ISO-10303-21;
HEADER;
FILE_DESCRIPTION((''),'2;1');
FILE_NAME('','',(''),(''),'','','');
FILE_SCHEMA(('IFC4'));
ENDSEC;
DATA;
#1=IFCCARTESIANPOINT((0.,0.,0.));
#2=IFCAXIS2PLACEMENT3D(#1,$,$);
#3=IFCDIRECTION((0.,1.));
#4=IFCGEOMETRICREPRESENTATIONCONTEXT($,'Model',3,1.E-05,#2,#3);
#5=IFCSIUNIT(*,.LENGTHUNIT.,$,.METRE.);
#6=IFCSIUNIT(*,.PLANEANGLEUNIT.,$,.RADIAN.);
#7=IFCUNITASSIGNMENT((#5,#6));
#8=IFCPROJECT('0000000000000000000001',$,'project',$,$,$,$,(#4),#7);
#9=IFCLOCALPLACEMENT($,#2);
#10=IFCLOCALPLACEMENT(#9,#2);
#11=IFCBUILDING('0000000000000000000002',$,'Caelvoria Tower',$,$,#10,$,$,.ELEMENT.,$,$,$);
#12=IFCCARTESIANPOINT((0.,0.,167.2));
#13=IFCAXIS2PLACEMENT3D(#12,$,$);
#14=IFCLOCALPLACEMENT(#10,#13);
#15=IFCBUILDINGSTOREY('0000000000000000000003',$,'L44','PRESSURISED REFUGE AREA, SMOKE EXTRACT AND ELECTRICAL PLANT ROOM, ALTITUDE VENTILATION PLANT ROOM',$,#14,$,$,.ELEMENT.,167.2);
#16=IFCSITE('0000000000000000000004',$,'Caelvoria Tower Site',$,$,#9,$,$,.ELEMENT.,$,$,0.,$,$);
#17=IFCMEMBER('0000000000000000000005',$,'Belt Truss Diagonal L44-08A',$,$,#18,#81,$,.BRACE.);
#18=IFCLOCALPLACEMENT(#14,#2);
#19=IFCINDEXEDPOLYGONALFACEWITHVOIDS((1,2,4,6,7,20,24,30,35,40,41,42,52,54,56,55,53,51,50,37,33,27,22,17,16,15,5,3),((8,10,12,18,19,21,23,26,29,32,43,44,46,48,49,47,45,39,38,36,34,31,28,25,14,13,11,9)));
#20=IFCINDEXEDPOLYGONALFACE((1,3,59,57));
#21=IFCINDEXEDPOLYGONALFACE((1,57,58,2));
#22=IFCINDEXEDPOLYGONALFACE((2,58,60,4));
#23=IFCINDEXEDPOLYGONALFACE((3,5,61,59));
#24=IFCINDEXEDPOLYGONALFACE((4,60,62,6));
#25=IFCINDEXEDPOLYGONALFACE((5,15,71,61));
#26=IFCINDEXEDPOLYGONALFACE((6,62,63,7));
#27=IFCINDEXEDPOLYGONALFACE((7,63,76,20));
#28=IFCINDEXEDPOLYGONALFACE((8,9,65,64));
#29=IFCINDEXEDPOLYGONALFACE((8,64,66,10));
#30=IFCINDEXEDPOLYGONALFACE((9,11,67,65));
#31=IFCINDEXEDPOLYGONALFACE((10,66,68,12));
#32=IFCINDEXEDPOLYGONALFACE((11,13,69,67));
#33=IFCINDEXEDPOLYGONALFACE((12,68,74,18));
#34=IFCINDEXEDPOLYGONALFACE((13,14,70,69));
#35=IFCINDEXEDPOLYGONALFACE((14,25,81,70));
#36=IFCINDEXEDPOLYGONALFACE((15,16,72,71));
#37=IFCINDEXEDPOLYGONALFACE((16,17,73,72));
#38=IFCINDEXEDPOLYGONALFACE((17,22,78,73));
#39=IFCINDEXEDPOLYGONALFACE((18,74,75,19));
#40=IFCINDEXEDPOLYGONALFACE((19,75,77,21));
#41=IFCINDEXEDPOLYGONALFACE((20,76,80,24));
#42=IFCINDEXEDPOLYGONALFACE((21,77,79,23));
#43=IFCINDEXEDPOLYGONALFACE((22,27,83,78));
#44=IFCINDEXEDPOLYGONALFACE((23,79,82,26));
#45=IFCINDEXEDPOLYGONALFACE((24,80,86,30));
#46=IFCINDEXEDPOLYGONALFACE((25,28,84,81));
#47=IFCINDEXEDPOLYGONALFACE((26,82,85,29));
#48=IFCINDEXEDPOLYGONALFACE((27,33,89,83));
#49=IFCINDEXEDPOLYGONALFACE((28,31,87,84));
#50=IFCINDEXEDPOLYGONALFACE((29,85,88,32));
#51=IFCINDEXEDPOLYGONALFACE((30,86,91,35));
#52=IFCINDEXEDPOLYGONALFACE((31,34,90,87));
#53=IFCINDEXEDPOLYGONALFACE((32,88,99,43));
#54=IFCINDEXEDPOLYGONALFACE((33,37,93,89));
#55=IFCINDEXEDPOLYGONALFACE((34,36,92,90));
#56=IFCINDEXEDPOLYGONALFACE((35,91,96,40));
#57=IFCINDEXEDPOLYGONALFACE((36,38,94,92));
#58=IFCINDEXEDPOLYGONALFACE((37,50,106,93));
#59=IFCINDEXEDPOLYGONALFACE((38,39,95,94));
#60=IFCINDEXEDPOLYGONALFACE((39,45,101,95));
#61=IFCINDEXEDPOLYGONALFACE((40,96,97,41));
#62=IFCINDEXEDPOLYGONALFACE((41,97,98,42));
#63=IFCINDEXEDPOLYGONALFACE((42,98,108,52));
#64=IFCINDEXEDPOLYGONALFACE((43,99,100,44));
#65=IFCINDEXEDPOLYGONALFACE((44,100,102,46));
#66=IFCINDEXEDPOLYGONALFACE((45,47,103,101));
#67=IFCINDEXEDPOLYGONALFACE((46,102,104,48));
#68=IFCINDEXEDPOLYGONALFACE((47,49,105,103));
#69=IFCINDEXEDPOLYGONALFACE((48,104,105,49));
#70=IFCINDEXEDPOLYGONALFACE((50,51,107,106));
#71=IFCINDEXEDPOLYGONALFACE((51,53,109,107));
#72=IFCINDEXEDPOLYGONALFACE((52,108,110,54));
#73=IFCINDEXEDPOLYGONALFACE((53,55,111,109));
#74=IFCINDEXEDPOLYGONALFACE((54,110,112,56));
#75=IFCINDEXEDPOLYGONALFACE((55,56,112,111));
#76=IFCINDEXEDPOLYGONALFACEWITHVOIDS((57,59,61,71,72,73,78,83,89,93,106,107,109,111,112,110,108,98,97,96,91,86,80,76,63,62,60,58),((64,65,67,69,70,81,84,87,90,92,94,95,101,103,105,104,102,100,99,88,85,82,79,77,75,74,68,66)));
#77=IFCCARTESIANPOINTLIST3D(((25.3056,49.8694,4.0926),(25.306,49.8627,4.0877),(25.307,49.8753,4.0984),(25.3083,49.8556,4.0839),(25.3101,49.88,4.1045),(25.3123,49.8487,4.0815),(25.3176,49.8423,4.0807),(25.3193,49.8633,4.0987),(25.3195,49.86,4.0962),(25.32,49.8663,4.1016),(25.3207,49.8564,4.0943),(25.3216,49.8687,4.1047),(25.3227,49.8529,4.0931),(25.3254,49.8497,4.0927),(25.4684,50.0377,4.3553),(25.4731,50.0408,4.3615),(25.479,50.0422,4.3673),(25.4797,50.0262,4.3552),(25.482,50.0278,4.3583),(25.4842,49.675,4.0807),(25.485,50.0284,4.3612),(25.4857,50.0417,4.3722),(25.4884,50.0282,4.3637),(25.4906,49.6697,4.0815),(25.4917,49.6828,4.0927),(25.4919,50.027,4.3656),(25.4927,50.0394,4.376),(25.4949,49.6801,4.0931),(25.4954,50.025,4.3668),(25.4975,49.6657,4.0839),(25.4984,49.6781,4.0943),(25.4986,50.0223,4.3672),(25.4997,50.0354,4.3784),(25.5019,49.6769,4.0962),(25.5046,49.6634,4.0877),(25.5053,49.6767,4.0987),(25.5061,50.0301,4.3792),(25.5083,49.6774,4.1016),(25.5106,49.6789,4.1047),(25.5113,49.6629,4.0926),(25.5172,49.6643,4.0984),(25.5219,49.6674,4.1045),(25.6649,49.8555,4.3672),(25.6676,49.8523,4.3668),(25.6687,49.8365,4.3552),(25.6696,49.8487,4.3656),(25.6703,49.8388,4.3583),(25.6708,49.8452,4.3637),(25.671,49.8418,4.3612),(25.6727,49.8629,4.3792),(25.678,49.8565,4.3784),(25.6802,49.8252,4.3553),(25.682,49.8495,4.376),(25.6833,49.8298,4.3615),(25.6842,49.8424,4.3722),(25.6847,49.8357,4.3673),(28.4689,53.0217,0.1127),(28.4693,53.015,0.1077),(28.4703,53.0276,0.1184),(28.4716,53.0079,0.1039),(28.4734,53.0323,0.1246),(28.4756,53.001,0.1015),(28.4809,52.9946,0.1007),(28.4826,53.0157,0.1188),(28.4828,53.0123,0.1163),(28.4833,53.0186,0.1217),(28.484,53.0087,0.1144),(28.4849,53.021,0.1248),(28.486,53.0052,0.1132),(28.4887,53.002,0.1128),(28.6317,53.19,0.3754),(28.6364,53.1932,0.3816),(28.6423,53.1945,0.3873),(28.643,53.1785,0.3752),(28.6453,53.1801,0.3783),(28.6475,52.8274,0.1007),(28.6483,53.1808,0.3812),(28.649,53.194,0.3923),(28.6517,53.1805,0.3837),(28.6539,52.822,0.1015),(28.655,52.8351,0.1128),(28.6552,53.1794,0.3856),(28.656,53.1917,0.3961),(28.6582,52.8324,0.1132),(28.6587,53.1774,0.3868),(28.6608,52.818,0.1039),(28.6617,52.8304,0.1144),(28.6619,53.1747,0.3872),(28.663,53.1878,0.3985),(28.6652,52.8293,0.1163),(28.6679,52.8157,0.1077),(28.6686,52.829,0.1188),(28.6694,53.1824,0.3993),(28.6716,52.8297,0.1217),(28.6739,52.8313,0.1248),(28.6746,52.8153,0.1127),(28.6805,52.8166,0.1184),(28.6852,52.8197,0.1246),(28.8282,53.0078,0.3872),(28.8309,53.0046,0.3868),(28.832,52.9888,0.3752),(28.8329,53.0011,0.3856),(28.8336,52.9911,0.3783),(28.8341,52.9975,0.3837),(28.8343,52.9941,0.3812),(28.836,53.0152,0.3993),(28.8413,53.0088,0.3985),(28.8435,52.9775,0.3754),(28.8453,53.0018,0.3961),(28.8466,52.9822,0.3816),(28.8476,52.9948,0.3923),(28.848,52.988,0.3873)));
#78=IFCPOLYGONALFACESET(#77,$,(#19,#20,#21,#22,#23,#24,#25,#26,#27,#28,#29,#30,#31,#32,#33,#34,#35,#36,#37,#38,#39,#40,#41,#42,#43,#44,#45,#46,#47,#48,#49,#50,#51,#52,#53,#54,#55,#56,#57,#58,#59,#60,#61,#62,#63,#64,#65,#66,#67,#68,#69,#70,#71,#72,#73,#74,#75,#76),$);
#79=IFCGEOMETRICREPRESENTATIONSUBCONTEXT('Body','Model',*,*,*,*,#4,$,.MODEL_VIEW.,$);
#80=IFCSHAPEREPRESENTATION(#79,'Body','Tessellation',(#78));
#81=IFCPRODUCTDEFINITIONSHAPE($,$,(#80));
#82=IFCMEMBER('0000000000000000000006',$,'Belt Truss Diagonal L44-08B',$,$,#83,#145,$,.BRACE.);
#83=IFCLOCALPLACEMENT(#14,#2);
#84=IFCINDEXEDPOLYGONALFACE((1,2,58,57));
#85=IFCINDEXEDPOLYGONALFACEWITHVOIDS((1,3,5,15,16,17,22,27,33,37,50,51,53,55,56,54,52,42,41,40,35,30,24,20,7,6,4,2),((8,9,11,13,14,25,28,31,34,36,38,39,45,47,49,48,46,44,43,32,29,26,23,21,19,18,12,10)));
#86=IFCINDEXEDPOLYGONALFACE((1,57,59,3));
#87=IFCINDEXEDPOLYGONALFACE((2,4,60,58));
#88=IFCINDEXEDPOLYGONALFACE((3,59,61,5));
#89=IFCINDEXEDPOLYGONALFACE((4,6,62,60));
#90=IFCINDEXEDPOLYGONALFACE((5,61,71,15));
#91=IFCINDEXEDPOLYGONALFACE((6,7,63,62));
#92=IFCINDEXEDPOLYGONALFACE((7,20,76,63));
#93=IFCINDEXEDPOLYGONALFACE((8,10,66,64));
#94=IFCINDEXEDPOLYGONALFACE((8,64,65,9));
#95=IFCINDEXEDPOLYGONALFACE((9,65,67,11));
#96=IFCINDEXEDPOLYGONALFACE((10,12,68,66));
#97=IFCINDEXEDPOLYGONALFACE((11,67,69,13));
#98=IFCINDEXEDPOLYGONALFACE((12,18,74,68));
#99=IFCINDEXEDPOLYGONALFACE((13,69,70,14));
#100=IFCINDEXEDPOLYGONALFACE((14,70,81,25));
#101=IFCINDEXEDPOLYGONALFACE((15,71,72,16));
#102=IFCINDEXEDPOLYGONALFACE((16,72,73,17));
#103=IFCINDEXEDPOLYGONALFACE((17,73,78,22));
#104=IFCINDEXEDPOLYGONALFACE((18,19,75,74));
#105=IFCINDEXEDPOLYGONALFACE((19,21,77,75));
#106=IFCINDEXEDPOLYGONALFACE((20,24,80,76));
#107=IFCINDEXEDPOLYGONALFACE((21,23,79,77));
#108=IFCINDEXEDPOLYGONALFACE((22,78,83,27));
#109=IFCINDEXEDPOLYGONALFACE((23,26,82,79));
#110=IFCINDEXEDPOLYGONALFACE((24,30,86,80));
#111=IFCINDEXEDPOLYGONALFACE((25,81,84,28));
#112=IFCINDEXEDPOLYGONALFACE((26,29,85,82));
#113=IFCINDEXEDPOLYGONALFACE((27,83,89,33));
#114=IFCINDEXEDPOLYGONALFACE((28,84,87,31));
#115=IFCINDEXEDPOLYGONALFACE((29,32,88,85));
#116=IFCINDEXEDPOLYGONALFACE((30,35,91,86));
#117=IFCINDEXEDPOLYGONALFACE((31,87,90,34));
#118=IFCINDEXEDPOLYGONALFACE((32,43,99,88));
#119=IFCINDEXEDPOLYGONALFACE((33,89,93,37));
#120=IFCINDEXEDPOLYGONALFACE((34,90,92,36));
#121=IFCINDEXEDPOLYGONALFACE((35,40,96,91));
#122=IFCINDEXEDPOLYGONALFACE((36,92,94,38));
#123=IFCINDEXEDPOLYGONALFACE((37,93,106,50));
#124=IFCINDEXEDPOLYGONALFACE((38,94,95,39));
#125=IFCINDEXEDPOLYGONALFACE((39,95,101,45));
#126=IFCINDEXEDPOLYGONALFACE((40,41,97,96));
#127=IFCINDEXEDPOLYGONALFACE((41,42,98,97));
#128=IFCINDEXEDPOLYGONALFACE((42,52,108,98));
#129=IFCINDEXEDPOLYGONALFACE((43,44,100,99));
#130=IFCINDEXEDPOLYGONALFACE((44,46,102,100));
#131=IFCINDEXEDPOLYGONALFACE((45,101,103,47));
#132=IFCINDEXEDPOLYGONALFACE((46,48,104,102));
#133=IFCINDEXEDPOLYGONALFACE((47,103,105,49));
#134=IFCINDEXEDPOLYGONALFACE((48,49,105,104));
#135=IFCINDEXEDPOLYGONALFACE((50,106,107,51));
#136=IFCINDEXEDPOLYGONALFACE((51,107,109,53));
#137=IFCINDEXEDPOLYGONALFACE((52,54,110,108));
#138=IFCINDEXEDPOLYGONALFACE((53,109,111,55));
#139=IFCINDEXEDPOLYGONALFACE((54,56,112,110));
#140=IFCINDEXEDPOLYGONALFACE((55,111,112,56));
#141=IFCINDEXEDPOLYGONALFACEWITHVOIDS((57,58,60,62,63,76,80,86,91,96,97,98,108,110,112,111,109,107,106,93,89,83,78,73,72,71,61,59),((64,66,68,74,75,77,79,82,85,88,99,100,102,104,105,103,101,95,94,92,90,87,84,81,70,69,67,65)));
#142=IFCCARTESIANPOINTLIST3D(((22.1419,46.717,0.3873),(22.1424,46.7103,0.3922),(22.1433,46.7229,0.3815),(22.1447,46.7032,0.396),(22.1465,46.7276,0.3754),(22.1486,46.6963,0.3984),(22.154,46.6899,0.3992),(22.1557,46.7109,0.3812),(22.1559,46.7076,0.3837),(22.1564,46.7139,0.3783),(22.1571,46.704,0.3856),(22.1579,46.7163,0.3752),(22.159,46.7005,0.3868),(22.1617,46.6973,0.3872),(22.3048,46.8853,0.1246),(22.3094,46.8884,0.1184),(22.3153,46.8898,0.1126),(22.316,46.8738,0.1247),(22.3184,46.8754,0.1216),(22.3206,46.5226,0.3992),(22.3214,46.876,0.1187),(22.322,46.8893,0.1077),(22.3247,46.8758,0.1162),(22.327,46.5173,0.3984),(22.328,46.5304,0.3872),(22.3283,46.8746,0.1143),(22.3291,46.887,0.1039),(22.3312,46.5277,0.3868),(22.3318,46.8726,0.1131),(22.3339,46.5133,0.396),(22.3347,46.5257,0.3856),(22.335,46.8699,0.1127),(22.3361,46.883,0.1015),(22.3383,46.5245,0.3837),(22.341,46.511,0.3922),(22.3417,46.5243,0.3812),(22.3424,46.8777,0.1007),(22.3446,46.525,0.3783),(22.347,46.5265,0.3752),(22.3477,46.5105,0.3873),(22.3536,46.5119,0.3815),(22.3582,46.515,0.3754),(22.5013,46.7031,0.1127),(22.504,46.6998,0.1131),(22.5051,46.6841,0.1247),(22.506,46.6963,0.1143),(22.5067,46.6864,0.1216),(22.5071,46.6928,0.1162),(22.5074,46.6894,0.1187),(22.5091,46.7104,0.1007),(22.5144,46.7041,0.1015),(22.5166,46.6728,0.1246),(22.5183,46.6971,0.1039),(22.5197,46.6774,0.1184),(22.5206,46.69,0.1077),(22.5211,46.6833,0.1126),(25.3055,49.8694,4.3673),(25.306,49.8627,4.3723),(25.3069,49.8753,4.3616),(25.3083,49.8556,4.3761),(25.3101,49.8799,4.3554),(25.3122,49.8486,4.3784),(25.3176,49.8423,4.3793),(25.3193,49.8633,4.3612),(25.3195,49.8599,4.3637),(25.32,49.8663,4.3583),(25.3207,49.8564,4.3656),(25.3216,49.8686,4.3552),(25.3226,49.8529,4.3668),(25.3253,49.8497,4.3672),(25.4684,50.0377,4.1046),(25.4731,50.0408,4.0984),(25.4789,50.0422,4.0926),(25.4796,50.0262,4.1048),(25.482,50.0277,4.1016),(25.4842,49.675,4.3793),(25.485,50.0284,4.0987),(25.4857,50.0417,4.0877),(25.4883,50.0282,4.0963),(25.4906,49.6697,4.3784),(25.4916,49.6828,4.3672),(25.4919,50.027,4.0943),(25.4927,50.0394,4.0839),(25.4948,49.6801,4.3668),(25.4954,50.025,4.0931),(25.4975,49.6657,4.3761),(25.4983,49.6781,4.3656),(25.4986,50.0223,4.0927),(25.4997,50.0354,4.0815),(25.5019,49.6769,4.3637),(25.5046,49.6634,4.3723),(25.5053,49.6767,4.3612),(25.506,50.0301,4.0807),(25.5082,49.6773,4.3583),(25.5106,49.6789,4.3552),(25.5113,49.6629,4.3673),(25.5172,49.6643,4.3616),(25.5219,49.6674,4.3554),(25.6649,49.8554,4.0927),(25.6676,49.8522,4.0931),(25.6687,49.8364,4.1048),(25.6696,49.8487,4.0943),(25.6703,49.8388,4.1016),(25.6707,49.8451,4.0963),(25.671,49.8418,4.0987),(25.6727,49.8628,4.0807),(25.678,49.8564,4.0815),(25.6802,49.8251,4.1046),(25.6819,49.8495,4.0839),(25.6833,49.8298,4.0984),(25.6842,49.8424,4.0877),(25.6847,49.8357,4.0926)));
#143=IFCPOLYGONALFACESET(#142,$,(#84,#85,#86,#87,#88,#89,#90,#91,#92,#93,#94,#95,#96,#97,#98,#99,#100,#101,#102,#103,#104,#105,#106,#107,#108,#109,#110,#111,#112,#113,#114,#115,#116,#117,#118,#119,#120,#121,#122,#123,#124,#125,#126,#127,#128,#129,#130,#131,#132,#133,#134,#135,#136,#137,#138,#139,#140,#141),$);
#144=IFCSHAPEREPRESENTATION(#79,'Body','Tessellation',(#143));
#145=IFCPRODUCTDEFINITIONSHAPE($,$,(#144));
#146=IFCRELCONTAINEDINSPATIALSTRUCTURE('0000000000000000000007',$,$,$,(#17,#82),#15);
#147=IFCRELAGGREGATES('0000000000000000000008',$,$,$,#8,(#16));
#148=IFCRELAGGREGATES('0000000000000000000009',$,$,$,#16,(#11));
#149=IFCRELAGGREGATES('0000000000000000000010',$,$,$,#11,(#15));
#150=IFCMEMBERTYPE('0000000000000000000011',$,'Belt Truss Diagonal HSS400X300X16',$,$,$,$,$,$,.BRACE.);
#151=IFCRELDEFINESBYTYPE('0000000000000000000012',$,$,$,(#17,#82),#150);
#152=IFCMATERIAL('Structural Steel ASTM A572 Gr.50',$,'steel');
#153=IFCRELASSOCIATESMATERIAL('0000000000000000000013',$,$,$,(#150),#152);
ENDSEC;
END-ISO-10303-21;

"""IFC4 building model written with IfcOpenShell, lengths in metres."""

from ifc_helpers import new_model, si_unit, direction, frame, origin, origin_2d, place, context, subcontext, project, spatial, hollow_rectangle, extrude, material, material_profile, profile_set, type_object, element, save


model = new_model("IFC4")

# Units and contexts
model_context = context("Model", 3, precision=1e-05, world=origin(), true_north=direction((0.0, 1.0)))
body_context = subcontext(model_context, "Body", "Model", "MODEL_VIEW")
ifc_project = project(units=[si_unit("LENGTHUNIT", "METRE"), si_unit("PLANEANGLEUNIT", "RADIAN")], contexts=[model_context])

# Site, building, storey
site_placement = place(None, origin())
site = spatial("IfcSite", under=ifc_project, at=site_placement, Name="Caelvoria Tower Site", CompositionType="ELEMENT", RefElevation=0.0)
building_placement = place(site_placement, origin())
building = spatial("IfcBuilding", under=site, at=building_placement, Name="Caelvoria Tower", CompositionType="ELEMENT")
storey_placement = place(building_placement, frame((0.0, 0.0, 167.2)))
storey = spatial("IfcBuildingStorey", under=building, at=storey_placement, Name="L44", Description="PRESSURISED REFUGE AREA, SMOKE EXTRACT AND ELECTRICAL PLANT ROOM, ALTITUDE VENTILATION PLANT ROOM", CompositionType="ELEMENT", Elevation=167.2)

# Shared definitions
ifc_material_1 = material(Name="Structural Steel ASTM A572 Gr.50", Category="steel")

# Members
ifc_material_profile_1 = material_profile(ifc_material_1, hollow_rectangle(XDim=0.3, YDim=0.3999, WallThickness=0.0161, InnerFilletRadius=0.0161, OuterFilletRadius=0.032, at=origin_2d()), Name="Structural Steel ASTM A572 Gr.50")
ifc_profile_set_1 = profile_set([ifc_material_profile_1], Name="HSS400X300X16 - Structural Steel ASTM A572 Gr.50")
member_type_1 = type_object("IfcMemberType", Name="Belt Truss Diagonal HSS400X300X16", PredefinedType="BRACE", material=ifc_profile_set_1)
member_1_placement = place(storey_placement, frame((28.6584, 53.0049, 0.25), z_axis=(-0.528809, -0.526973, 0.665327), x_axis=(0.705876, -0.708336, 0.0)))
element("IfcMember", 1, at=member_1_placement, inside=storey, type_object=member_type_1, Name="Belt Truss Diagonal L44-08A", PredefinedType="BRACE", context=body_context, shape_type="SweptSolid", body=[
    extrude(hollow_rectangle(XDim=0.3, YDim=0.3999, WallThickness=0.0161, InnerFilletRadius=0.0161, OuterFilletRadius=0.032, at=origin_2d()), origin(), (0.0, 0.0, 1.0), 5.9819),
])
member_2_placement = place(storey_placement, frame((25.4951, 49.8525, 4.23), z_axis=(-0.528839, -0.526961, -0.665313), x_axis=(0.705848, -0.708363, 0.0)))
element("IfcMember", 2, at=member_2_placement, inside=storey, type_object=member_type_1, Name="Belt Truss Diagonal L44-08B", PredefinedType="BRACE", context=body_context, shape_type="SweptSolid", body=[
    extrude(hollow_rectangle(XDim=0.3, YDim=0.3999, WallThickness=0.0161, InnerFilletRadius=0.0161, OuterFilletRadius=0.032, at=origin_2d()), origin(), (0.0, 0.0, 1.0), 5.9822),
])

save(model, "model.ifc")
